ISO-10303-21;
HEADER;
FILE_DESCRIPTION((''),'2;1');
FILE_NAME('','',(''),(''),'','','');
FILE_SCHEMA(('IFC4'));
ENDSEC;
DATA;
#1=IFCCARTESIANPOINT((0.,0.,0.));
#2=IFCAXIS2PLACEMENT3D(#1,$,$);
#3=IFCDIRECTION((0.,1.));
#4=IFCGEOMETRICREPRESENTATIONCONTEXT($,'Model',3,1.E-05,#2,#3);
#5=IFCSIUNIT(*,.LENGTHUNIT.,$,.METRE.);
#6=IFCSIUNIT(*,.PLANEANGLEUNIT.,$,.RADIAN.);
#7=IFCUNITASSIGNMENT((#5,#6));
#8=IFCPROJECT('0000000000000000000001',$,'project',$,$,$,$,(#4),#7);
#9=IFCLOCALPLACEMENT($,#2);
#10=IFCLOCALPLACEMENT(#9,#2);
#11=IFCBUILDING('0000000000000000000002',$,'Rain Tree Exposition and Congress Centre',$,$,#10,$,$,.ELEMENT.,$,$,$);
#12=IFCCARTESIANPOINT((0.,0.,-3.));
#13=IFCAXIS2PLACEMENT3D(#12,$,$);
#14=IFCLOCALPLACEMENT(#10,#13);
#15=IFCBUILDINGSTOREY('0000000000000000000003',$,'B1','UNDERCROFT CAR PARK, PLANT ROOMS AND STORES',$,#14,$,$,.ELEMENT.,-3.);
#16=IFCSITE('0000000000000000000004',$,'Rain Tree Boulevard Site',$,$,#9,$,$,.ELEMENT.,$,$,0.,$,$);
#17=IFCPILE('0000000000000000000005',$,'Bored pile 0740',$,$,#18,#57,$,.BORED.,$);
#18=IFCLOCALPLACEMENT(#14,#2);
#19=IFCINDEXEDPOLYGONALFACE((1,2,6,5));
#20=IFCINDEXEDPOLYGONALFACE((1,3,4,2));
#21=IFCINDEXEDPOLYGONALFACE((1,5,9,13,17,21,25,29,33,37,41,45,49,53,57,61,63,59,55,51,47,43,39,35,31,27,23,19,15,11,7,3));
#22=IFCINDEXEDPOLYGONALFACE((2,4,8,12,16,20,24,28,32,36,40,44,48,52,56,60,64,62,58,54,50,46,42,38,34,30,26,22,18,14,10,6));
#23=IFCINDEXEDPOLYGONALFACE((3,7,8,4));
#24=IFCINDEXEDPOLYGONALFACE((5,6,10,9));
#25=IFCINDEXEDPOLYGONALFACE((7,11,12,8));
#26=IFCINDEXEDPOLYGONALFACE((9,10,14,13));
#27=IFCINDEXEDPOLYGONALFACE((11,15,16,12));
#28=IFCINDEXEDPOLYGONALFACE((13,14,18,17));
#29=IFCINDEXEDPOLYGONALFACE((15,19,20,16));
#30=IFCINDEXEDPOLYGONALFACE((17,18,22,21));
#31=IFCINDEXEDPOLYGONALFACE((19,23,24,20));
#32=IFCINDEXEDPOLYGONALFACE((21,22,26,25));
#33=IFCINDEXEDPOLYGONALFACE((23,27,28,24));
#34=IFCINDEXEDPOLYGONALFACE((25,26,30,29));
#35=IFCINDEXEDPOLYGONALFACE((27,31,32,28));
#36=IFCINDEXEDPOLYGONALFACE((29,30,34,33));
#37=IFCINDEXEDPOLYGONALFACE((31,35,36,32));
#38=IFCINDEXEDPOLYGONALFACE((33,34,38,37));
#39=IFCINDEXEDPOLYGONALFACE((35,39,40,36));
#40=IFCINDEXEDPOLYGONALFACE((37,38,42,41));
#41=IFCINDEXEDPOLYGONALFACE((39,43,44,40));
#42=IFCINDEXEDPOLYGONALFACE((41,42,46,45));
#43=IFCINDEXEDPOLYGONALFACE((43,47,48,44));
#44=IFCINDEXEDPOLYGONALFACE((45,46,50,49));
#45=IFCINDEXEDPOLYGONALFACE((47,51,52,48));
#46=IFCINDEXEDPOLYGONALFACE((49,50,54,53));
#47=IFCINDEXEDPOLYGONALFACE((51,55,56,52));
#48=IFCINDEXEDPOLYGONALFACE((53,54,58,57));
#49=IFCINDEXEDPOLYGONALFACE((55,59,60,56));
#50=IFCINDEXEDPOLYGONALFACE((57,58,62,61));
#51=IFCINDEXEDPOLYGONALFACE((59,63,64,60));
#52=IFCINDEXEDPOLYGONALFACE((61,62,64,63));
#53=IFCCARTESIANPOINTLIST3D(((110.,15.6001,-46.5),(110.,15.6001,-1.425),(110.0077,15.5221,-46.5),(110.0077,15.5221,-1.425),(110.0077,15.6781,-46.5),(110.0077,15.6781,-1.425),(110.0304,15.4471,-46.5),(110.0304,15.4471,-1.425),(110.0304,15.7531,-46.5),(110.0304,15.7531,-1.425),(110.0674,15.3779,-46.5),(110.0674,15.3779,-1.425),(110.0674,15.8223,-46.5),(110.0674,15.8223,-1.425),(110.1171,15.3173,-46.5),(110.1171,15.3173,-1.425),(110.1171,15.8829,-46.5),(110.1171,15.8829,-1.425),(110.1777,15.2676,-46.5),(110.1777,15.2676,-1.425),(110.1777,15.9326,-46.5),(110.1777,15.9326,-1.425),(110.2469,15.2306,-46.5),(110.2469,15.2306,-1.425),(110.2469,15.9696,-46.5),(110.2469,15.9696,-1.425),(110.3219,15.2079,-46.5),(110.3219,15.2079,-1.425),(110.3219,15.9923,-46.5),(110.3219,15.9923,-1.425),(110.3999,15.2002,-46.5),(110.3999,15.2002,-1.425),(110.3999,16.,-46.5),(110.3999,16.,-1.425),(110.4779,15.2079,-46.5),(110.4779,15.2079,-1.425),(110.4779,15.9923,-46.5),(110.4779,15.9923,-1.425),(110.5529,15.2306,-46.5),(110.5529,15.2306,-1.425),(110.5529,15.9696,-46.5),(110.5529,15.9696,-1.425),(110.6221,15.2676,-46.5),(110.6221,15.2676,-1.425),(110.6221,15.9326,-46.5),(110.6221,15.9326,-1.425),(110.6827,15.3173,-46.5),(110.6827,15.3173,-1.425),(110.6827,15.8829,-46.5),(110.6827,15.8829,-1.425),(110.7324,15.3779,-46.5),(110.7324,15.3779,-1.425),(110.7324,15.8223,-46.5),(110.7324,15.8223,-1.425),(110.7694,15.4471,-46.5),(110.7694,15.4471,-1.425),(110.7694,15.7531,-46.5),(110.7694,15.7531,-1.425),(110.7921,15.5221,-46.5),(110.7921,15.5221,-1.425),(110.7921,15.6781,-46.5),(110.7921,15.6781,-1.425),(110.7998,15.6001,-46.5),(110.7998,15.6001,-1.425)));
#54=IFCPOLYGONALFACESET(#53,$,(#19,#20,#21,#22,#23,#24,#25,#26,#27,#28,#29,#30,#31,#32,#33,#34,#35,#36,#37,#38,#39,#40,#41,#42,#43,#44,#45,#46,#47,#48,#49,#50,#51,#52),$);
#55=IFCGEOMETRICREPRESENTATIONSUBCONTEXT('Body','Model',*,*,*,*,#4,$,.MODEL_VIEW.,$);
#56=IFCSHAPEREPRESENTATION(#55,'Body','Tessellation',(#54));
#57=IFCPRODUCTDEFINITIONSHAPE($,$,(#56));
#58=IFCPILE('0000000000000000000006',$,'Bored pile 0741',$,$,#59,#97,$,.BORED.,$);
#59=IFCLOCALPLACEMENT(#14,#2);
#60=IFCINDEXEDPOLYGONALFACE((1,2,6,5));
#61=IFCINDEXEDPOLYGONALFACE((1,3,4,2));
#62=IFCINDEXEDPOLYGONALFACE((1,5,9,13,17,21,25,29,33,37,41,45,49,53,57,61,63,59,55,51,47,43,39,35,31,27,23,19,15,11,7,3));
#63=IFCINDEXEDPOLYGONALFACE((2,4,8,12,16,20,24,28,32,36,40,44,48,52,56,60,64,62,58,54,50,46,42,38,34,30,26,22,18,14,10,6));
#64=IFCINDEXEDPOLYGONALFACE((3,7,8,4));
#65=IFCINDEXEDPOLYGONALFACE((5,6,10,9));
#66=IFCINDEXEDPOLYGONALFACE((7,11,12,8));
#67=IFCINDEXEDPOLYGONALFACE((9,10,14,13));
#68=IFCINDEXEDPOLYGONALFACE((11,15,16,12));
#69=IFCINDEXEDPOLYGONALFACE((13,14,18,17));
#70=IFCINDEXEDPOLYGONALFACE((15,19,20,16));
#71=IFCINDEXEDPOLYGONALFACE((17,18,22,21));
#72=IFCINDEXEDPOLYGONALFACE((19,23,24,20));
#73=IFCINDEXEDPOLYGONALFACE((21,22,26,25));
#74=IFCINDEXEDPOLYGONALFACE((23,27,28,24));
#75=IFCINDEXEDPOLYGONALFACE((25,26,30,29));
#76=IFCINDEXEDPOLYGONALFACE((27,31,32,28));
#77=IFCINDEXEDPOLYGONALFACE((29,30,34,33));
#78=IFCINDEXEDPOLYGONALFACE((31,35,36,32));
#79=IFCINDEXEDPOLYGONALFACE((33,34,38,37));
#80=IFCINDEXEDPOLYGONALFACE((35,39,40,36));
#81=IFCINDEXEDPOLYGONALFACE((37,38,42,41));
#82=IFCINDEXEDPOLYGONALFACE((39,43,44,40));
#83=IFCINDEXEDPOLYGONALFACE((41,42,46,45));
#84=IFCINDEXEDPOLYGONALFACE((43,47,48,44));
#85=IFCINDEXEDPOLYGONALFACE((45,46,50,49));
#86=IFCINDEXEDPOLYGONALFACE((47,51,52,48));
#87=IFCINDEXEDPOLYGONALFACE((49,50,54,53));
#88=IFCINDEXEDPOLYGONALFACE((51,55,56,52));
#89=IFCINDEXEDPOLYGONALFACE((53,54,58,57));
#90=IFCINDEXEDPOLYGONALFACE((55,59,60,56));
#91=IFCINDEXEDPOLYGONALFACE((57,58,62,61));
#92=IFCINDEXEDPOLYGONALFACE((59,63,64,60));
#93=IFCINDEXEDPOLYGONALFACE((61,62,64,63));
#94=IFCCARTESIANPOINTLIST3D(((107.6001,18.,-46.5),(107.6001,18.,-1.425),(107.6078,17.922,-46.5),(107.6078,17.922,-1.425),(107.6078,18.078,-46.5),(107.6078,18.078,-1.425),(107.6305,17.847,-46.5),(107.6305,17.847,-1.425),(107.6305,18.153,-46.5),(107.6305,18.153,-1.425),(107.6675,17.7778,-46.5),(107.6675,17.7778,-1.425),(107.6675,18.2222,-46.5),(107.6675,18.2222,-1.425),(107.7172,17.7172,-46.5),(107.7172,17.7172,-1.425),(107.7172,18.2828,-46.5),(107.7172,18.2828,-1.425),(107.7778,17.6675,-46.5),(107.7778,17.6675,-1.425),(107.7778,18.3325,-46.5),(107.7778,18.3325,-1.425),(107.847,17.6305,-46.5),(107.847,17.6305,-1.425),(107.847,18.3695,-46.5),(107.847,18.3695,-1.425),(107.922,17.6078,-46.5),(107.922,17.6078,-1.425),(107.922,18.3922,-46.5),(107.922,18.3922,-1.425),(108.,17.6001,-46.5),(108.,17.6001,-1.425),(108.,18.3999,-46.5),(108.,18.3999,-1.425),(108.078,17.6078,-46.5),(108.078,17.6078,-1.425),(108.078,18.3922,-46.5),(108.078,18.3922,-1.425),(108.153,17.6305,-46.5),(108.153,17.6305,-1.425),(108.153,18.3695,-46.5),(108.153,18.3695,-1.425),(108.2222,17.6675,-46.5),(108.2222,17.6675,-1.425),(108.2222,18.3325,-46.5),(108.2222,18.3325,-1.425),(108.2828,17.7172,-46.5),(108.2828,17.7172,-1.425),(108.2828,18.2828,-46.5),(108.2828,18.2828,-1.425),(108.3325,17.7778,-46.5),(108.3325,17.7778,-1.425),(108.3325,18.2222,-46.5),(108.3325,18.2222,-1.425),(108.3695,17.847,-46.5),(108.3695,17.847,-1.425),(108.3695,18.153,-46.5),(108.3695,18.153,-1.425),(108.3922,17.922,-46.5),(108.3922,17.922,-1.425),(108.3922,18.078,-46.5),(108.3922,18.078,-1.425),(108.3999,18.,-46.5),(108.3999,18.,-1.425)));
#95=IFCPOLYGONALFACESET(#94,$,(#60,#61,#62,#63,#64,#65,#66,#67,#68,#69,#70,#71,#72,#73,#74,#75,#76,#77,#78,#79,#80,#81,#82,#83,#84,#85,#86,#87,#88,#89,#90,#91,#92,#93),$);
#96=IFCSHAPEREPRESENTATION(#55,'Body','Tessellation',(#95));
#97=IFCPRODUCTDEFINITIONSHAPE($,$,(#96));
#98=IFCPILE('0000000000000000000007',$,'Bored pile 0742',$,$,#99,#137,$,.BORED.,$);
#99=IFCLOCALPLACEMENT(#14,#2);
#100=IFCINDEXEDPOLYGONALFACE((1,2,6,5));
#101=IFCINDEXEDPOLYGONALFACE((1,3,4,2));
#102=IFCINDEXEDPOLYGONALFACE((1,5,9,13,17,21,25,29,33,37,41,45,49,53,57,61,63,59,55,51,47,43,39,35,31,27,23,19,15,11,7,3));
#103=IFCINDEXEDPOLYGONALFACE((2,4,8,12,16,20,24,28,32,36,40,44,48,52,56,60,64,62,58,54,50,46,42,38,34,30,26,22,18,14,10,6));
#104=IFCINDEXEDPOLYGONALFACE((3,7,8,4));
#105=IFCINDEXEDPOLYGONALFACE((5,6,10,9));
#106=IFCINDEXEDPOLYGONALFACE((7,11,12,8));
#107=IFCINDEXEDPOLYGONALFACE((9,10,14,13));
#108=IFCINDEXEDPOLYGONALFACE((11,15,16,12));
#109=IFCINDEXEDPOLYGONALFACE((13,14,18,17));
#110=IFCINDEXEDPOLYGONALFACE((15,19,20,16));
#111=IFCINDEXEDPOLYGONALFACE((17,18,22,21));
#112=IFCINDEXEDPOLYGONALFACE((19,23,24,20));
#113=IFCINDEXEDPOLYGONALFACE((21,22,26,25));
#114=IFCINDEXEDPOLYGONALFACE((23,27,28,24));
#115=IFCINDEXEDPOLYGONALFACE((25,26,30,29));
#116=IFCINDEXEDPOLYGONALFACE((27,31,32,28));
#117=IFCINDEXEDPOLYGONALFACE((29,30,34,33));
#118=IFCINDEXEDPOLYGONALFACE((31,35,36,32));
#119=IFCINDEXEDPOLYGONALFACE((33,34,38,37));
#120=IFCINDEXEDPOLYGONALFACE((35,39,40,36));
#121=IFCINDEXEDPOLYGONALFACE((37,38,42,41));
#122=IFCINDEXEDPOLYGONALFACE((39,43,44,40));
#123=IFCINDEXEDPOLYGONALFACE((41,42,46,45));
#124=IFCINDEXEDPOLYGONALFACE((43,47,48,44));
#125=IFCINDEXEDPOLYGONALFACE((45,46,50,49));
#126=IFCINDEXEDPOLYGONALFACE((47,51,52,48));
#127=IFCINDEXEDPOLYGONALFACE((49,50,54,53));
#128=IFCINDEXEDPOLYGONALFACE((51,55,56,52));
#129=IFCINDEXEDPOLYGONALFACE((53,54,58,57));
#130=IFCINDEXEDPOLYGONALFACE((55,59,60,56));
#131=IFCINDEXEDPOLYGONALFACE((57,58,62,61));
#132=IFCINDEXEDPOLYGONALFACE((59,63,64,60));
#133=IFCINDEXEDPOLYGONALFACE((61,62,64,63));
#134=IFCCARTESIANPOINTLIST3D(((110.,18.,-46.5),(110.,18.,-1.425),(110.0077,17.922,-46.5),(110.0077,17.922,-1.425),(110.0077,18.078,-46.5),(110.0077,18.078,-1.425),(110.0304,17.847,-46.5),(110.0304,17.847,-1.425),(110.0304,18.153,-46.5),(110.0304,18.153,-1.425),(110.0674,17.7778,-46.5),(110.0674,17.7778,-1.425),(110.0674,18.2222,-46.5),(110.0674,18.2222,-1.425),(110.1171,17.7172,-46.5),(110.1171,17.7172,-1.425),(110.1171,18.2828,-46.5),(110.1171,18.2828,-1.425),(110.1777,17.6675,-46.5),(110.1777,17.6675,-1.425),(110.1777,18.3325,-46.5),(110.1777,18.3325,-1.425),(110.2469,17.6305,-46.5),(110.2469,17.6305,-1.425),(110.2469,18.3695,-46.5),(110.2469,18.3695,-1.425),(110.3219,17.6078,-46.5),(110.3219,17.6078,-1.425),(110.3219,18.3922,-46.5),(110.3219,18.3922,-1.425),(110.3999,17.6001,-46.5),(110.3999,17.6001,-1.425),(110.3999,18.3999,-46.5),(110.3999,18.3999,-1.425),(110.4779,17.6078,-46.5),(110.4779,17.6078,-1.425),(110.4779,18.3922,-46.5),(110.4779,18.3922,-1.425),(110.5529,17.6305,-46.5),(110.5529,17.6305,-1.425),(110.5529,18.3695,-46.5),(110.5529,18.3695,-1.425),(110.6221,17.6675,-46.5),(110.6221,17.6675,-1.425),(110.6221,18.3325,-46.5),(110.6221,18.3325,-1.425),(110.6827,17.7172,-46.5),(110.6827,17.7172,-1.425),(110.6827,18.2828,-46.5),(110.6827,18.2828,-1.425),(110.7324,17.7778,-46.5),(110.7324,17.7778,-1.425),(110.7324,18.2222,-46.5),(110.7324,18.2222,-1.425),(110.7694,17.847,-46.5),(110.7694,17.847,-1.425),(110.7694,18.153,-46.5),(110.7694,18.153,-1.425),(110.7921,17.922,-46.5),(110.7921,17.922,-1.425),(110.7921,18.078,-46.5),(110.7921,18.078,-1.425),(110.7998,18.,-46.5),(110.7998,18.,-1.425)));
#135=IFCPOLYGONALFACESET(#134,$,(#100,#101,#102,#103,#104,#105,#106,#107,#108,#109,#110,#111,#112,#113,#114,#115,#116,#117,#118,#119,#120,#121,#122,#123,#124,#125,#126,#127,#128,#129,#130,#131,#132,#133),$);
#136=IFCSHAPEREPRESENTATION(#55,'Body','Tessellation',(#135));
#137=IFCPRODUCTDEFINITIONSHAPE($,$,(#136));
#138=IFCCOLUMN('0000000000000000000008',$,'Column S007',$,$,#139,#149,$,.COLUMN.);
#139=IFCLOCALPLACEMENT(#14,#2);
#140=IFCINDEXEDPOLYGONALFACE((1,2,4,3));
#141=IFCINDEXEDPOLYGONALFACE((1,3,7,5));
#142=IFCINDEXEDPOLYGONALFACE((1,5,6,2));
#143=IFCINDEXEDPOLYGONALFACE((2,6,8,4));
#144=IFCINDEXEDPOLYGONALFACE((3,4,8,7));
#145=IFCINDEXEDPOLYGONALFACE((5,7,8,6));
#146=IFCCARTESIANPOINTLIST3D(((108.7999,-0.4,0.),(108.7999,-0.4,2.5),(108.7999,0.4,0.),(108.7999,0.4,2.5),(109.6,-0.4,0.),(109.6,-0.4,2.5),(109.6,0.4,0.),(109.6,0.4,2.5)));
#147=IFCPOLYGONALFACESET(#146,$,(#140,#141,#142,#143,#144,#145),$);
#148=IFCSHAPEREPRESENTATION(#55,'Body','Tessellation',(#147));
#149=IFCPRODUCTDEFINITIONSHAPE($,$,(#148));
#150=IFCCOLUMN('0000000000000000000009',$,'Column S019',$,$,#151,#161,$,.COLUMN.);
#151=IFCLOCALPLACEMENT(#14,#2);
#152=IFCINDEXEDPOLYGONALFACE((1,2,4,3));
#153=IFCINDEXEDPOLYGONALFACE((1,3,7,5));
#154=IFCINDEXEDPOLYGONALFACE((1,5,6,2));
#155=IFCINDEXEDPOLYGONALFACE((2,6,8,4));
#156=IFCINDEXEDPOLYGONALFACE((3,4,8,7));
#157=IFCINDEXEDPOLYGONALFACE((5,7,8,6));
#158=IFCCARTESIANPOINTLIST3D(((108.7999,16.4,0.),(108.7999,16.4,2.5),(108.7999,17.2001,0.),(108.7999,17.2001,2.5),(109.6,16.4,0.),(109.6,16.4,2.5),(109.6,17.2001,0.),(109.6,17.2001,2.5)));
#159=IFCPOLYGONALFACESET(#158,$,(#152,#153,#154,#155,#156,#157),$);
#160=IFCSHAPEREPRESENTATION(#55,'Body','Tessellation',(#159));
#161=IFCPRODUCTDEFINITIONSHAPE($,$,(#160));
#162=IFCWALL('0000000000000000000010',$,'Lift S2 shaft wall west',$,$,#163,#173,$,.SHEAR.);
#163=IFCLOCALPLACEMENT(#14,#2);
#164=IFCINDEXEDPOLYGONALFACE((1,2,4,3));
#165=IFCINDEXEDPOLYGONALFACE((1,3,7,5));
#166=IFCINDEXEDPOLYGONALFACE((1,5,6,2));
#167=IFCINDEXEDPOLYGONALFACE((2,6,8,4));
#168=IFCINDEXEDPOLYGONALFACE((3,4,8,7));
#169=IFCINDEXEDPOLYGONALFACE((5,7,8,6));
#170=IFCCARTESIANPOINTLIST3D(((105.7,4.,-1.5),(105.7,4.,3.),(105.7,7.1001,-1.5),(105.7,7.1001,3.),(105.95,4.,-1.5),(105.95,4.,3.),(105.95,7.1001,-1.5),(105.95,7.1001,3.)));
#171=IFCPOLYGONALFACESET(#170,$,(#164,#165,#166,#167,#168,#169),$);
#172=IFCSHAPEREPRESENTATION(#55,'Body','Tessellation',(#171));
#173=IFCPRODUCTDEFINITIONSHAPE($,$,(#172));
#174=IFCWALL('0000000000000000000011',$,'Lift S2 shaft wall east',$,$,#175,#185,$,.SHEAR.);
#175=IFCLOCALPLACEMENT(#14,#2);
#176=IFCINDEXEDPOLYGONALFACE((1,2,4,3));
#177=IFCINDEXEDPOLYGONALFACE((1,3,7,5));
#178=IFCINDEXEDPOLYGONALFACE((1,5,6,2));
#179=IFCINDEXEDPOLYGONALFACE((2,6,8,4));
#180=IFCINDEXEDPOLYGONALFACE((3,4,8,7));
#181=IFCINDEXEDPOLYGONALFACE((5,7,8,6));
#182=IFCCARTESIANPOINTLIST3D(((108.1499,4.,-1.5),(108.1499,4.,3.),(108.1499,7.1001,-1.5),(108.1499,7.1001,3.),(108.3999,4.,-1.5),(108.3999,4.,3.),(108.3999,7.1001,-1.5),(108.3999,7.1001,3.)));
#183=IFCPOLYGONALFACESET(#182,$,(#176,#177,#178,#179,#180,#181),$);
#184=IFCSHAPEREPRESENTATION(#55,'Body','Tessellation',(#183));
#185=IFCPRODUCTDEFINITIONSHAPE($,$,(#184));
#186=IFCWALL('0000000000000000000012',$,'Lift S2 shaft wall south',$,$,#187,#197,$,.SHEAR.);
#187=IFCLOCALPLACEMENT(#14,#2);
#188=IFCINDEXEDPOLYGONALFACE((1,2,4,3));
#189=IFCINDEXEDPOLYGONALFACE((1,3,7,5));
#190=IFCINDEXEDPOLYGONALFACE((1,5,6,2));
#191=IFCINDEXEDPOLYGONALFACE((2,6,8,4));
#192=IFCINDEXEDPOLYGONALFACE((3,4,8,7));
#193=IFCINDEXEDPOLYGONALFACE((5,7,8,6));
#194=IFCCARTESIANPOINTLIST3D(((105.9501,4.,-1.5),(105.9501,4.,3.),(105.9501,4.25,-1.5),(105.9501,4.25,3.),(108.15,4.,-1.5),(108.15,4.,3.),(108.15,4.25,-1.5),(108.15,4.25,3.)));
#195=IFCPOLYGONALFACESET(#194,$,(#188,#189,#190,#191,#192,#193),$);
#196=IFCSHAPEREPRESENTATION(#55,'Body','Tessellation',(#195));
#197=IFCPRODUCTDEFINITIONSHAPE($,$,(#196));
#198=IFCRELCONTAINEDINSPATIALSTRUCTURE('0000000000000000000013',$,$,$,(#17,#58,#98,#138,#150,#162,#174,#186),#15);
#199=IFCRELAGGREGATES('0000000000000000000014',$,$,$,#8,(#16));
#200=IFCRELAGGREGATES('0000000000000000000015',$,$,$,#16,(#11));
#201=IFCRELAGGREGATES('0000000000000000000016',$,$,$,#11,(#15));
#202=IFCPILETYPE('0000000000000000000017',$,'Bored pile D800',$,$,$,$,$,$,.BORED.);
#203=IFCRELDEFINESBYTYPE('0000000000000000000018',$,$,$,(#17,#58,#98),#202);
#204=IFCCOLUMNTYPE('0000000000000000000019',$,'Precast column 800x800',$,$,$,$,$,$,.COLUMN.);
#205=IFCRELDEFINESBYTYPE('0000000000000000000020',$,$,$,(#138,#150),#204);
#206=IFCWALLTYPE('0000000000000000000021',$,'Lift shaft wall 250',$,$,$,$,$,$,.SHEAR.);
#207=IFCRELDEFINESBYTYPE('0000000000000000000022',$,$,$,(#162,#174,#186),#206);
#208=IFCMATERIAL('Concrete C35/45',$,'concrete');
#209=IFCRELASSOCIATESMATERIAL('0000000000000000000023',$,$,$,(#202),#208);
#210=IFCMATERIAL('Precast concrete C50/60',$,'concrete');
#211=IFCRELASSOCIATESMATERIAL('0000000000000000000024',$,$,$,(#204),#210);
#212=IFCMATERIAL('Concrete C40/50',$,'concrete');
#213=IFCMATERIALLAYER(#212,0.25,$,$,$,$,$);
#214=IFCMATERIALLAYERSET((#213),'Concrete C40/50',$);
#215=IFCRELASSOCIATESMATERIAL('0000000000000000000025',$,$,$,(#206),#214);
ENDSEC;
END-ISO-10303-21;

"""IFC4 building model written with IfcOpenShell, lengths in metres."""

from ifc_helpers import new_model, si_unit, direction, frame, frame_2d, origin, origin_2d, place, context, subcontext, project, spatial, rectangle, circle, extrude, material, layer, layer_set, material_profile, profile_set, type_object, element, save


model = new_model("IFC4")

# Units and contexts
model_context = context("Model", 3, precision=1e-05, world=origin(), true_north=direction((0.0, 1.0)))
body_context = subcontext(model_context, "Body", "Model", "MODEL_VIEW")
ifc_project = project(units=[si_unit("LENGTHUNIT", "METRE"), si_unit("PLANEANGLEUNIT", "RADIAN")], contexts=[model_context])

# Site, building, storey
site_placement = place(None, origin())
site = spatial("IfcSite", under=ifc_project, at=site_placement, Name="Rain Tree Boulevard Site", CompositionType="ELEMENT", RefElevation=0.0)
building_placement = place(site_placement, origin())
building = spatial("IfcBuilding", under=site, at=building_placement, Name="Rain Tree Exposition and Congress Centre", CompositionType="ELEMENT")
storey_placement = place(building_placement, frame((0.0, 0.0, -3.0)))
storey = spatial("IfcBuildingStorey", under=building, at=storey_placement, Name="B1", Description="UNDERCROFT CAR PARK, PLANT ROOMS AND STORES", CompositionType="ELEMENT", Elevation=-3.0)

# Piles
ifc_material_1 = material(Name="Concrete C35/45", Category="concrete")
ifc_material_profile_1 = material_profile(ifc_material_1, circle(Radius=0.3999, at=origin_2d()), Name="D800")
ifc_profile_set_1 = profile_set([ifc_material_profile_1], Name="Concrete C35/45")
pile_type_1 = type_object("IfcPileType", Name="Bored pile D800", PredefinedType="BORED", material=ifc_profile_set_1)
for number, where, z_axis, x_axis, name in (
    (1, (110.3999, 15.6001, -1.425), (0.0, 0.0, -1.0), (1.0, 0.0, 0.0), "Bored pile 0740"),
    (2, (108.0, 18.0, -1.425), (0.0, 0.0, -1.0), (1.0, 0.0, 0.0), "Bored pile 0741"),
    (3, (110.3999, 18.0, -1.425), (0.0, 0.0, -1.0), (1.0, 0.0, 0.0), "Bored pile 0742"),
):
    element("IfcPile", number, at=place(storey_placement, frame(where, z_axis=z_axis, x_axis=x_axis)), inside=storey, type_object=pile_type_1, Name=name, PredefinedType="BORED", context=body_context, shape_type="SweptSolid", body=[
        extrude(circle(Radius=0.3999, at=origin_2d()), origin(), (0.0, 0.0, 1.0), 45.075),
    ])

# Columns
ifc_material_2 = material(Name="Precast concrete C50/60", Category="concrete")
ifc_material_profile_2 = material_profile(ifc_material_2, rectangle(XDim=0.8, YDim=0.8, at=origin_2d()), Name="RC 800x800")
ifc_profile_set_2 = profile_set([ifc_material_profile_2], Name="Precast concrete C50/60")
column_type = type_object("IfcColumnType", Name="Precast column 800x800", PredefinedType="COLUMN", material=ifc_profile_set_2)
for number, where, z_axis, x_axis, name in (
    (4, (109.2, 0.0, 0.0), (0.0, 0.0, 1.0), (1.0, 0.0, 0.0), "Column S007"),
    (5, (109.2, 16.8, 0.0), (0.0, 0.0, 1.0), (1.0, 0.0, 0.0), "Column S019"),
):
    element("IfcColumn", number, at=place(storey_placement, frame(where, z_axis=z_axis, x_axis=x_axis)), inside=storey, type_object=column_type, Name=name, PredefinedType="COLUMN", context=body_context, shape_type="SweptSolid", body=[
        extrude(rectangle(XDim=0.8, YDim=0.8, at=origin_2d()), origin(), (0.0, 0.0, 1.0), 2.5),
    ])

# Walls
ifc_material_3 = material(Name="Concrete C40/50", Category="concrete")
ifc_layer_1 = layer(ifc_material_3, 0.25)
ifc_layer_set_1 = layer_set([ifc_layer_1], Name="Concrete C40/50")
wall_type_1 = type_object("IfcWallType", Name="Lift shaft wall 250", PredefinedType="SHEAR", material=ifc_layer_set_1)
for number, where, z_axis, x_axis, name in (
    (6, (105.825, 4.0, -1.5), (0.0, 0.0, 1.0), (0.0, 1.0, 0.0), "Lift S2 shaft wall west"),
    (7, (108.2749, 4.0, -1.5), (0.0, 0.0, 1.0), (0.0, 1.0, 0.0), "Lift S2 shaft wall east"),
):
    element("IfcWall", number, at=place(storey_placement, frame(where, z_axis=z_axis, x_axis=x_axis)), inside=storey, type_object=wall_type_1, Name=name, PredefinedType="SHEAR", context=body_context, shape_type="SweptSolid", body=[
        extrude(rectangle(XDim=3.1001, YDim=0.25, at=frame_2d((1.55, 0.0))), origin(), (0.0, 0.0, 1.0), 4.5),
    ])
wall_1_placement = place(storey_placement, frame((105.95, 4.125, -1.5), z_axis=(0.0, 0.0, 1.0), x_axis=(1.0, 0.0, 0.0)))
element("IfcWall", 8, at=wall_1_placement, inside=storey, type_object=wall_type_1, Name="Lift S2 shaft wall south", PredefinedType="SHEAR", context=body_context, shape_type="SweptSolid", body=[
    extrude(rectangle(XDim=2.2, YDim=0.25, at=frame_2d((1.1001, 0.0))), origin(), (0.0, 0.0, 1.0), 4.5),
])

save(model, "model.ifc")
